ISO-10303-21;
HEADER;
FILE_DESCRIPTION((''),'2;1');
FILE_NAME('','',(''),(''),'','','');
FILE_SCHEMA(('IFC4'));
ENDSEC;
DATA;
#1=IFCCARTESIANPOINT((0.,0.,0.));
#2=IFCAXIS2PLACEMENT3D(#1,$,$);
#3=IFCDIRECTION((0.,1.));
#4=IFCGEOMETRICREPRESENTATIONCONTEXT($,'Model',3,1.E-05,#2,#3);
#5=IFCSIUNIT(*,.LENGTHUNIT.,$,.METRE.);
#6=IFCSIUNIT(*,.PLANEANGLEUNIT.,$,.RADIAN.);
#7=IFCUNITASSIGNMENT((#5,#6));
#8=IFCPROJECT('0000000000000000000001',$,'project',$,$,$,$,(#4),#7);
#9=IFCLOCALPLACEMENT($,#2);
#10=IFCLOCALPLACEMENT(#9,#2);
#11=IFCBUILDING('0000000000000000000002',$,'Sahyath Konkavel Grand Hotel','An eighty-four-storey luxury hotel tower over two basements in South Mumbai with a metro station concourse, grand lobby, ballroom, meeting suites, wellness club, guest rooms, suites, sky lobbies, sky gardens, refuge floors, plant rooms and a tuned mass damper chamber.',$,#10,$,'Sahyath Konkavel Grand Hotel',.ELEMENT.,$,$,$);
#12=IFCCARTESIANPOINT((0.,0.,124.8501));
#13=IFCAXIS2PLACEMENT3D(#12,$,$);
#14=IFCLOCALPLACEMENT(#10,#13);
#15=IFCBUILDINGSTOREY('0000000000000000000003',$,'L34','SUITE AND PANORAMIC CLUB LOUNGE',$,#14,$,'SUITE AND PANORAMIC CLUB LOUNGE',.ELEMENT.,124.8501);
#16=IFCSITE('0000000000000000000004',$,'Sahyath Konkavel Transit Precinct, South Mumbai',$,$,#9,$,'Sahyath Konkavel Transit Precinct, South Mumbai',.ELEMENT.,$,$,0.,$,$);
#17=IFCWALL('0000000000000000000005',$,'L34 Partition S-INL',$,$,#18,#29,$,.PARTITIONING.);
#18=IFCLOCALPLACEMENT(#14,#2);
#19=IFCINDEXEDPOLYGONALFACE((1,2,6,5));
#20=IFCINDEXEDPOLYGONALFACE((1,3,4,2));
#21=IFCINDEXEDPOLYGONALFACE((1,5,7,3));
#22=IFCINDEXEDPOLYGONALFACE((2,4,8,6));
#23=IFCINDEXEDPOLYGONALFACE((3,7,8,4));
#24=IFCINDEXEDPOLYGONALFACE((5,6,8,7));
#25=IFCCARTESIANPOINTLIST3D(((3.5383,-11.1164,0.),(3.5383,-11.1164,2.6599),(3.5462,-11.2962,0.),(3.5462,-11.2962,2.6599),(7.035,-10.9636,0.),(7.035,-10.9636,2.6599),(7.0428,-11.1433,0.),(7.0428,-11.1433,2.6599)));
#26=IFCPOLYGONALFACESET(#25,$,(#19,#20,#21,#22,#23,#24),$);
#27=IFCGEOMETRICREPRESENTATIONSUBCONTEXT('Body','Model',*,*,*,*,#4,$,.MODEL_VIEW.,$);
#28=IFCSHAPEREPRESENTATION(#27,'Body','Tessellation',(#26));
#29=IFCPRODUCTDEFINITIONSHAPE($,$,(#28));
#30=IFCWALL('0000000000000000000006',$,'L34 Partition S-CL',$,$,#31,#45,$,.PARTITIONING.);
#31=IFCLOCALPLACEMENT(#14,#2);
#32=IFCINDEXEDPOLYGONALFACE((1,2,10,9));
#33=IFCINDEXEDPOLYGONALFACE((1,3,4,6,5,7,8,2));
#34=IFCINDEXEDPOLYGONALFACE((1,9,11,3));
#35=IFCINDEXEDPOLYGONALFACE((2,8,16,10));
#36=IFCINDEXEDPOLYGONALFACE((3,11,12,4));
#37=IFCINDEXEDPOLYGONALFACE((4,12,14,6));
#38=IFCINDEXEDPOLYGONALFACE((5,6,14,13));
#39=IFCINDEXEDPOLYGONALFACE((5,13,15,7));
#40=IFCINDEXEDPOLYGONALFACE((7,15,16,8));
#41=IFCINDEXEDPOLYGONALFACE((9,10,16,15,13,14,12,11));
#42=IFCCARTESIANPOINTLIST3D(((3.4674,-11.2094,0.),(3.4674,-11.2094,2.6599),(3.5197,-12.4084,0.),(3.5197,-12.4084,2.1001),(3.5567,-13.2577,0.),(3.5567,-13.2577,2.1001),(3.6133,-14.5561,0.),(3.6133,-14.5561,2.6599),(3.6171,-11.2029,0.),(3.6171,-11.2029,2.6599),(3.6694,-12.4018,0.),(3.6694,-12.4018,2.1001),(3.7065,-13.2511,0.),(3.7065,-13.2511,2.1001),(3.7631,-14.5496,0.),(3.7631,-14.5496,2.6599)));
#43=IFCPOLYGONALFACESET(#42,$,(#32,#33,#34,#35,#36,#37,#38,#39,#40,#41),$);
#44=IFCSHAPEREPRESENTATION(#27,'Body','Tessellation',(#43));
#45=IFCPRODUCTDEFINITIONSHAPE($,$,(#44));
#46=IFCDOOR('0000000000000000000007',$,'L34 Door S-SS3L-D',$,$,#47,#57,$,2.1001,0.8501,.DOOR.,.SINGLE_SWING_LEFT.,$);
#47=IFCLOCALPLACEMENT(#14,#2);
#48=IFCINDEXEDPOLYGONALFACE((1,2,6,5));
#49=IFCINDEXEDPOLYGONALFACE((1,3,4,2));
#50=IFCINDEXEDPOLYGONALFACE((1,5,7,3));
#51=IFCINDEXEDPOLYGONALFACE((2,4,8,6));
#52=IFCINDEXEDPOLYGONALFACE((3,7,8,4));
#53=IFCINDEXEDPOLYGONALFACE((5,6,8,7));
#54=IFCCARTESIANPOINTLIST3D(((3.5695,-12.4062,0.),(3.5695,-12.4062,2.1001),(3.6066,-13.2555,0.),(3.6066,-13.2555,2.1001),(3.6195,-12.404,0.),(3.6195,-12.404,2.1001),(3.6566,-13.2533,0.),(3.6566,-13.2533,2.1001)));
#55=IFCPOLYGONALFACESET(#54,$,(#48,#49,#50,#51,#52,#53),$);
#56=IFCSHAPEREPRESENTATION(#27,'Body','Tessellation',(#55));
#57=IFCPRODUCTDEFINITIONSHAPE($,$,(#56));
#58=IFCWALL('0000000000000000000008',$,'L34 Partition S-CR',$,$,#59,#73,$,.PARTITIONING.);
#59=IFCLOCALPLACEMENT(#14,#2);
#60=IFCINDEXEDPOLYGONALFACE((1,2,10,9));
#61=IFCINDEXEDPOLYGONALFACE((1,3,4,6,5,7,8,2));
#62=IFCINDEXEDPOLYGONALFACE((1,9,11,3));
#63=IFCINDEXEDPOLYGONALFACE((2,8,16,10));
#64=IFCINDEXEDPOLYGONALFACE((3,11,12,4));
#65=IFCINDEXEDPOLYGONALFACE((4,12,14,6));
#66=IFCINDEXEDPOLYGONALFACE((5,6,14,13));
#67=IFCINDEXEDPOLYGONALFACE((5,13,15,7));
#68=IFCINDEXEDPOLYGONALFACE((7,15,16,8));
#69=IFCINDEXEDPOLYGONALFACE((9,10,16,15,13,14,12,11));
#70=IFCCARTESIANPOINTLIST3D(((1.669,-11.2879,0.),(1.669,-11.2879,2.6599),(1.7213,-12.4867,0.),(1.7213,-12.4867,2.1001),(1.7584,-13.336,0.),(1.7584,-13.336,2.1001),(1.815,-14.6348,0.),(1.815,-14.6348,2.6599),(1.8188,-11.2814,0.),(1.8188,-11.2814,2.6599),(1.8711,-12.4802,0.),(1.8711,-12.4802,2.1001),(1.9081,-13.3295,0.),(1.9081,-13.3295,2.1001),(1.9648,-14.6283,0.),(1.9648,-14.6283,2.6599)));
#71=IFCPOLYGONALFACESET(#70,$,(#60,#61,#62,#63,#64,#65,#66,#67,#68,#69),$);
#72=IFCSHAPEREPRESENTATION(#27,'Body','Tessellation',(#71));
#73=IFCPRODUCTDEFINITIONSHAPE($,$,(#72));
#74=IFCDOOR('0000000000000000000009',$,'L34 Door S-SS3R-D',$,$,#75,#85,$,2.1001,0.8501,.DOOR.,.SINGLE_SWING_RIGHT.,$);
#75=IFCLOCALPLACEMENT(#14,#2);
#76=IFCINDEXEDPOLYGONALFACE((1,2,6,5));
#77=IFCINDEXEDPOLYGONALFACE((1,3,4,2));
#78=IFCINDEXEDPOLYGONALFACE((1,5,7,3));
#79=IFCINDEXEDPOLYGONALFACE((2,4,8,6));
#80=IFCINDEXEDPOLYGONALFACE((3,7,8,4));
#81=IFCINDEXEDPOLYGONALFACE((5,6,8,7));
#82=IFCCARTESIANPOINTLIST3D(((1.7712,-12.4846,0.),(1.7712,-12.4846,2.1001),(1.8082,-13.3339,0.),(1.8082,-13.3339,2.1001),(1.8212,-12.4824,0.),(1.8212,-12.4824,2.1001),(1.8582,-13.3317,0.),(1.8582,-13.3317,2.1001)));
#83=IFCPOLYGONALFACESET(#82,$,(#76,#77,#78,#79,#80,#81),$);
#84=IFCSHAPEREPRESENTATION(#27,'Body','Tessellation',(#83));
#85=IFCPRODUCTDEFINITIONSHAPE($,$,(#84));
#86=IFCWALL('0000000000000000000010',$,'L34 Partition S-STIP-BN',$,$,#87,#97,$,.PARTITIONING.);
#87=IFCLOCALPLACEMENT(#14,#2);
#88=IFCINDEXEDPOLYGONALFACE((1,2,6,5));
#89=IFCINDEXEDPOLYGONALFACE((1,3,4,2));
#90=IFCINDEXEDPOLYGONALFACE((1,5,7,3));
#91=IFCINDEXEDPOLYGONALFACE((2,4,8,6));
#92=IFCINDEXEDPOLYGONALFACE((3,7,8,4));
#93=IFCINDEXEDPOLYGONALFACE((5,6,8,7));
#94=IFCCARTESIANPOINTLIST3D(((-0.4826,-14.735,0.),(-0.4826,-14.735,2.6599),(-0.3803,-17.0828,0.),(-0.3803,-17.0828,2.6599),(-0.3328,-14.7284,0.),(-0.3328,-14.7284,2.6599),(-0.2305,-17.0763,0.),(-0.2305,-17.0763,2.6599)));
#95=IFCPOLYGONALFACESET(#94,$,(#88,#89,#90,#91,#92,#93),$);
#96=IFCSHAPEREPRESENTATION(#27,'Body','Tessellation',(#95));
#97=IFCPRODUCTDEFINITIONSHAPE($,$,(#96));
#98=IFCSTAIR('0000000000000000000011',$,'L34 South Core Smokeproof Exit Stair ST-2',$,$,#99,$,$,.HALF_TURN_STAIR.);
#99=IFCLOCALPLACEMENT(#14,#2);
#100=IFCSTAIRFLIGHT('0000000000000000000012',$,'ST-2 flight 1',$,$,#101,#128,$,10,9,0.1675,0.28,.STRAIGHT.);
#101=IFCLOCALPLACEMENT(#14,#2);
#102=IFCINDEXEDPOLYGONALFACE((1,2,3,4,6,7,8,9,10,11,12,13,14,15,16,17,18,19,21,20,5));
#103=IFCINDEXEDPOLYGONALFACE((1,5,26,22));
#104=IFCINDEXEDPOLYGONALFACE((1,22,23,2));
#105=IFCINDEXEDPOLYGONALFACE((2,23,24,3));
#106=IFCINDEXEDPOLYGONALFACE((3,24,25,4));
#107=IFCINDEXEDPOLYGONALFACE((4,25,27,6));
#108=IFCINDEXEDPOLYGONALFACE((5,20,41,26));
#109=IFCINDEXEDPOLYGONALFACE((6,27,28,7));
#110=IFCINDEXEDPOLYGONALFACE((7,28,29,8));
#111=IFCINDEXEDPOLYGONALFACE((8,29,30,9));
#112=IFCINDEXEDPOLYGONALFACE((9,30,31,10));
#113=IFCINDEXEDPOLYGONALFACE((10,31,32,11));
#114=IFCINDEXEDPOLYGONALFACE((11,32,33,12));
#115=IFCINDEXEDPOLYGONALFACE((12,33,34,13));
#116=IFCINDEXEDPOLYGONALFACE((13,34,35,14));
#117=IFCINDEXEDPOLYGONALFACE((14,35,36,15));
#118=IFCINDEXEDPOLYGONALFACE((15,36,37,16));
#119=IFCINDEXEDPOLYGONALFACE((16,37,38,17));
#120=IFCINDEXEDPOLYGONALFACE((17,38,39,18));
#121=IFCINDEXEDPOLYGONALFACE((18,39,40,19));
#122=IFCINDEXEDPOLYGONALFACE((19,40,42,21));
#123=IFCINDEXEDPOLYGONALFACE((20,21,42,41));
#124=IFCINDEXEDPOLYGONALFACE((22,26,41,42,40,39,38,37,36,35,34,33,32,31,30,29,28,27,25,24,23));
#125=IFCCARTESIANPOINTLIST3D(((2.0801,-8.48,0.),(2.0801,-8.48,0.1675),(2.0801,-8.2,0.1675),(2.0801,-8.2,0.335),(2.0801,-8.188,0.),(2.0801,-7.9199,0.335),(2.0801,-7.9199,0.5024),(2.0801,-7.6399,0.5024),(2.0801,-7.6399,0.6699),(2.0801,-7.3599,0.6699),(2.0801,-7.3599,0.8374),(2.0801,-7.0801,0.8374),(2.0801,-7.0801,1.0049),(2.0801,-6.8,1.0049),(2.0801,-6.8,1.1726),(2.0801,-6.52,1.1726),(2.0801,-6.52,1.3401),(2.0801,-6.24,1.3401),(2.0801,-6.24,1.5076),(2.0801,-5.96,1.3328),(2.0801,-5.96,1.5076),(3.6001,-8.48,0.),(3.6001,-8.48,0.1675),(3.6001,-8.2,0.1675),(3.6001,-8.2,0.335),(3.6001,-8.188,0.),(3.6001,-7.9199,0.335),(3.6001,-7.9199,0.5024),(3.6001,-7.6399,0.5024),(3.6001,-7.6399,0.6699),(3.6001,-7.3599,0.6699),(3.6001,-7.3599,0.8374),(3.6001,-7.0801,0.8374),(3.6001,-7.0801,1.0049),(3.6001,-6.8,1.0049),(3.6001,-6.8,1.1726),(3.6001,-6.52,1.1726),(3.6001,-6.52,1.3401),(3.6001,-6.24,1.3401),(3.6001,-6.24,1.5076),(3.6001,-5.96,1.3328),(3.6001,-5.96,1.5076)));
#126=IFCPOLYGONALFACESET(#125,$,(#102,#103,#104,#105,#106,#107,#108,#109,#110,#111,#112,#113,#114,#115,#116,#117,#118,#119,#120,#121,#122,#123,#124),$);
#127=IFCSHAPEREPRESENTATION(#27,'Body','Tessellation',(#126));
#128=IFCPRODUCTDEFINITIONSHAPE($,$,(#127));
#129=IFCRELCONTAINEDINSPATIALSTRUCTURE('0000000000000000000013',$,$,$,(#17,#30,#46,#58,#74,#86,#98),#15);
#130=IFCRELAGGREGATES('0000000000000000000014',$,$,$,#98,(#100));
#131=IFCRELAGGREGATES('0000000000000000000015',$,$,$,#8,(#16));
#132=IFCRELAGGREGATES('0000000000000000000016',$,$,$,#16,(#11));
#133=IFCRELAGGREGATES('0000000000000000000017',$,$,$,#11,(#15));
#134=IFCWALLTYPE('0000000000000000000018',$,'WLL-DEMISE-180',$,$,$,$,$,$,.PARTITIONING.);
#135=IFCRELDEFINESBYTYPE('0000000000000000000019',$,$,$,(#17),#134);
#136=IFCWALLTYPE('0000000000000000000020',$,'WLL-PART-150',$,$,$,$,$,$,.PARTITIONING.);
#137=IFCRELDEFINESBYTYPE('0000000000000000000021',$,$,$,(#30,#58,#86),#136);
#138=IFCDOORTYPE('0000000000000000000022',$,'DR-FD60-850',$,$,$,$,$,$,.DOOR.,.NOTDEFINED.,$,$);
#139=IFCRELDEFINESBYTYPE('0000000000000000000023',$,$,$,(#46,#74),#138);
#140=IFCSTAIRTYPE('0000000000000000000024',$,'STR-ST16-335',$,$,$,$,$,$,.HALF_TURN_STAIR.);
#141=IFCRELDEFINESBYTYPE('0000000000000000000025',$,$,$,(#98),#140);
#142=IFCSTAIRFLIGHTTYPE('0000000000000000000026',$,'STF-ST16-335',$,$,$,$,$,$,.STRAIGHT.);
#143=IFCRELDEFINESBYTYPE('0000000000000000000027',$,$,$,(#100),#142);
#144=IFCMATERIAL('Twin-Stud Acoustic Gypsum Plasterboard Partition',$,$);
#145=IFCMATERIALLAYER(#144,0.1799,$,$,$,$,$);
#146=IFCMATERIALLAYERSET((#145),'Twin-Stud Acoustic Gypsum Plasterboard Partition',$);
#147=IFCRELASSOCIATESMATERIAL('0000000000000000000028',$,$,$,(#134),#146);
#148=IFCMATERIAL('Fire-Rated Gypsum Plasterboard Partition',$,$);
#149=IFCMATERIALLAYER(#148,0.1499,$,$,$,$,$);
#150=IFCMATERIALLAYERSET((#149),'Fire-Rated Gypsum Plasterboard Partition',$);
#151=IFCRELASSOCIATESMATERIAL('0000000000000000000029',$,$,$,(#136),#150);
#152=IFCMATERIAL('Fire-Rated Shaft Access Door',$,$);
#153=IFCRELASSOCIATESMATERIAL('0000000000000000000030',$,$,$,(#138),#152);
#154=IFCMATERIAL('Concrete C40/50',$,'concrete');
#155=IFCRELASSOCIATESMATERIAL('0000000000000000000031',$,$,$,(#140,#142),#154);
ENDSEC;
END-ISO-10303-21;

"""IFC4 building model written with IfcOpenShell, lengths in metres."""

from ifc_helpers import new_model, si_unit, direction, frame, frame_2d, origin, origin_2d, place, context, subcontext, project, spatial, polyline, rectangle, outline, extrude, source, transform, mapped, material, layer, layer_set, type_object, element, fill, aggregate, save


model = new_model("IFC4")

# Units and contexts
model_context = context("Model", 3, precision=1e-05, world=origin(), true_north=direction((0.0, 1.0)))
body_context = subcontext(model_context, "Body", "Model", "MODEL_VIEW")
ifc_project = project(units=[si_unit("LENGTHUNIT", "METRE"), si_unit("PLANEANGLEUNIT", "RADIAN")], contexts=[model_context])

# Site, building, storey
site_placement = place(None, origin())
site = spatial("IfcSite", under=ifc_project, at=site_placement, Name="Sahyath Konkavel Transit Precinct, South Mumbai", LongName="Sahyath Konkavel Transit Precinct, South Mumbai", CompositionType="ELEMENT", RefElevation=0.0)
building_placement = place(site_placement, origin())
building = spatial("IfcBuilding", under=site, at=building_placement, Name="Sahyath Konkavel Grand Hotel", Description="An eighty-four-storey luxury hotel tower over two basements in South Mumbai with a metro station concourse, grand lobby, ballroom, meeting suites, wellness club, guest rooms, suites, sky lobbies, sky gardens, refuge floors, plant rooms and a tuned mass damper chamber.", LongName="Sahyath Konkavel Grand Hotel", CompositionType="ELEMENT")
storey_placement = place(building_placement, frame((0.0, 0.0, 124.8501)))
storey = spatial("IfcBuildingStorey", under=building, at=storey_placement, Name="L34", Description="SUITE AND PANORAMIC CLUB LOUNGE", LongName="SUITE AND PANORAMIC CLUB LOUNGE", CompositionType="ELEMENT", Elevation=124.8501)

# Shared definitions
ifc_material_1 = material(Name="Concrete C40/50", Category="concrete")

# Wall
ifc_material_2 = material(Name="Twin-Stud Acoustic Gypsum Plasterboard Partition")
ifc_layer_1 = layer(ifc_material_2, 0.1799)
ifc_layer_set_1 = layer_set([ifc_layer_1], Name="Twin-Stud Acoustic Gypsum Plasterboard Partition")
wall_type_1 = type_object("IfcWallType", Name="WLL-DEMISE-180", PredefinedType="PARTITIONING", material=ifc_layer_set_1)
wall_1_placement = place(storey_placement, frame((3.5422, -11.2063, 0.0), z_axis=(0.0, 0.0, 1.0), x_axis=(0.999046, 0.043667, 0.0)))
element("IfcWall", 1, at=wall_1_placement, inside=storey, type_object=wall_type_1, Name="L34 Partition S-INL", PredefinedType="PARTITIONING", context=body_context, shape_type="SweptSolid", body=[
    extrude(rectangle(XDim=3.5, YDim=0.1799, at=frame_2d((1.75, 0.0))), origin(), (0.0, 0.0, 1.0), 2.6599),
])

# Walls, openings, doors
ifc_material_3 = material(Name="Fire-Rated Gypsum Plasterboard Partition")
ifc_layer_2 = layer(ifc_material_3, 0.1499)
ifc_layer_set_2 = layer_set([ifc_layer_2], Name="Fire-Rated Gypsum Plasterboard Partition")
wall_type_2 = type_object("IfcWallType", Name="WLL-PART-150", PredefinedType="PARTITIONING", material=ifc_layer_set_2)
wall_2_placement = place(storey_placement, frame((3.5422, -11.2063, 0.0), z_axis=(0.0, 0.0, 1.0), x_axis=(0.043583, -0.99905, 0.0)))
wall_2 = element("IfcWall", 2, at=wall_2_placement, inside=storey, type_object=wall_type_2, Name="L34 Partition S-CL", PredefinedType="PARTITIONING", context=body_context, shape_type="SweptSolid", body=[
    extrude(rectangle(XDim=3.3499, YDim=0.1499, at=frame_2d((1.6748, 0.0))), origin(), (0.0, 0.0, 1.0), 2.6599),
])
opening_1_placement = place(wall_2_placement, frame((1.2, 0.0, 0.0)))
opening_1 = element("IfcOpeningElement", 3, at=opening_1_placement, cuts=wall_2, PredefinedType="OPENING", context=body_context, shape_type="SweptSolid", body=[
    extrude(rectangle(XDim=0.8501, YDim=2.1001, at=frame_2d((0.425, 1.05))), frame((0.0, 0.085, 0.0), z_axis=(0.0, -1.0, 0.0), x_axis=(1.0, 0.0, 0.0)), (0.0, 0.0, 1.0), 0.1699),
])
ifc_material_4 = material(Name="Fire-Rated Shaft Access Door")
door_type_1 = type_object("IfcDoorType", Name="DR-FD60-850", OperationType="NOTDEFINED", PredefinedType="DOOR", material=ifc_material_4)
shared_shape_1 = source(origin(), body_context, "Body", "SweptSolid", [
    extrude(rectangle(XDim=0.8501, YDim=0.05, at=origin_2d()), origin(), (0.0, 0.0, 1.0), 2.1001),
])
door_1_placement = place(opening_1_placement, frame((0.425, 0.0, 0.0)))
door_1 = element("IfcDoor", 4, at=door_1_placement, inside=storey, type_object=door_type_1, Name="L34 Door S-SS3L-D", OperationType="SINGLE_SWING_LEFT", OverallHeight=2.1001, OverallWidth=0.8501, PredefinedType="DOOR", context=body_context, shape_type="MappedRepresentation", body=[
    mapped(shared_shape_1, transform((0.0, 0.0, 0.0), scale=1.0)),
])
fill(opening_1, door_1)
wall_3_placement = place(storey_placement, frame((1.7439, -11.2847, 0.0), z_axis=(0.0, 0.0, 1.0), x_axis=(0.04358, -0.99905, 0.0)))
wall_3 = element("IfcWall", 5, at=wall_3_placement, inside=storey, type_object=wall_type_2, Name="L34 Partition S-CR", PredefinedType="PARTITIONING", context=body_context, shape_type="SweptSolid", body=[
    extrude(rectangle(XDim=3.3501, YDim=0.1499, at=frame_2d((1.675, 0.0))), origin(), (0.0, 0.0, 1.0), 2.6599),
])
opening_2_placement = place(wall_3_placement, frame((1.2, 0.0, 0.0)))
opening_2 = element("IfcOpeningElement", 6, at=opening_2_placement, cuts=wall_3, PredefinedType="OPENING", context=body_context, shape_type="SweptSolid", body=[
    extrude(rectangle(XDim=0.8501, YDim=2.1001, at=frame_2d((0.425, 1.05))), frame((0.0, 0.085, 0.0), z_axis=(0.0, -1.0, 0.0), x_axis=(1.0, 0.0, 0.0)), (0.0, 0.0, 1.0), 0.1699),
])
door_2_placement = place(opening_2_placement, frame((0.425, 0.0, 0.0)))
door_2 = element("IfcDoor", 7, at=door_2_placement, inside=storey, type_object=door_type_1, Name="L34 Door S-SS3R-D", OperationType="SINGLE_SWING_RIGHT", OverallHeight=2.1001, OverallWidth=0.8501, PredefinedType="DOOR", context=body_context, shape_type="MappedRepresentation", body=[
    mapped(shared_shape_1, transform((0.0, 0.0, 0.0), scale=1.0)),
])
fill(opening_2, door_2)

# Wall
wall_4_placement = place(storey_placement, frame((-0.4077, -14.7317, 0.0), z_axis=(0.0, 0.0, 1.0), x_axis=(0.043527, -0.999052, 0.0)))
element("IfcWall", 8, at=wall_4_placement, inside=storey, type_object=wall_type_2, Name="L34 Partition S-STIP-BN", PredefinedType="PARTITIONING", context=body_context, shape_type="SweptSolid", body=[
    extrude(rectangle(XDim=2.3501, YDim=0.1499, at=frame_2d((1.175, 0.0))), origin(), (0.0, 0.0, 1.0), 2.6599),
])

# Stair, stair flight
stair_type = type_object("IfcStairType", Name="STR-ST16-335", PredefinedType="HALF_TURN_STAIR", material=ifc_material_1)
stair_placement = place(storey_placement, origin())
stair = element("IfcStair", 9, at=stair_placement, inside=storey, type_object=stair_type, Name="L34 South Core Smokeproof Exit Stair ST-2", PredefinedType="HALF_TURN_STAIR")
stair_flight_type = type_object("IfcStairFlightType", Name="STF-ST16-335", PredefinedType="STRAIGHT", material=ifc_material_1)
stair_flight_placement = place(storey_placement, frame((2.8401, -8.48, 0.0), z_axis=(0.0, 0.0, 1.0), x_axis=(0.0, 1.0, 0.0)))
stair_flight = element("IfcStairFlight", 10, at=stair_flight_placement, type_object=stair_flight_type, Name="ST-2 flight 1", NumberOfRisers=10, NumberOfTreads=9, PredefinedType="STRAIGHT", RiserHeight=0.1675, TreadLength=0.28, context=body_context, shape_type="SweptSolid", body=[
    extrude(outline(polyline([(0.0, 0.0), (0.0, 0.1675), (0.28, 0.1675), (0.28, 0.335), (0.5601, 0.335), (0.5601, 0.5024), (0.8401, 0.5024), (0.8401, 0.6699), (1.1201, 0.6699), (1.1201, 0.8374), (1.3999, 0.8374), (1.3999, 1.0049), (1.6799, 1.0049), (1.6799, 1.1726), (1.96, 1.1726), (1.96, 1.3401), (2.24, 1.3401), (2.24, 1.5076), (2.52, 1.5076), (2.52, 1.675), (2.52, 1.3328), (0.292, 0.0), (0.0, 0.0)])), frame((0.0, 0.76, 0.0), z_axis=(0.0, -1.0, 0.0), x_axis=(1.0, 0.0, 0.0)), (0.0, 0.0, 1.0), 1.52),
])
aggregate(stair, [stair_flight])

save(model, "model.ifc")
